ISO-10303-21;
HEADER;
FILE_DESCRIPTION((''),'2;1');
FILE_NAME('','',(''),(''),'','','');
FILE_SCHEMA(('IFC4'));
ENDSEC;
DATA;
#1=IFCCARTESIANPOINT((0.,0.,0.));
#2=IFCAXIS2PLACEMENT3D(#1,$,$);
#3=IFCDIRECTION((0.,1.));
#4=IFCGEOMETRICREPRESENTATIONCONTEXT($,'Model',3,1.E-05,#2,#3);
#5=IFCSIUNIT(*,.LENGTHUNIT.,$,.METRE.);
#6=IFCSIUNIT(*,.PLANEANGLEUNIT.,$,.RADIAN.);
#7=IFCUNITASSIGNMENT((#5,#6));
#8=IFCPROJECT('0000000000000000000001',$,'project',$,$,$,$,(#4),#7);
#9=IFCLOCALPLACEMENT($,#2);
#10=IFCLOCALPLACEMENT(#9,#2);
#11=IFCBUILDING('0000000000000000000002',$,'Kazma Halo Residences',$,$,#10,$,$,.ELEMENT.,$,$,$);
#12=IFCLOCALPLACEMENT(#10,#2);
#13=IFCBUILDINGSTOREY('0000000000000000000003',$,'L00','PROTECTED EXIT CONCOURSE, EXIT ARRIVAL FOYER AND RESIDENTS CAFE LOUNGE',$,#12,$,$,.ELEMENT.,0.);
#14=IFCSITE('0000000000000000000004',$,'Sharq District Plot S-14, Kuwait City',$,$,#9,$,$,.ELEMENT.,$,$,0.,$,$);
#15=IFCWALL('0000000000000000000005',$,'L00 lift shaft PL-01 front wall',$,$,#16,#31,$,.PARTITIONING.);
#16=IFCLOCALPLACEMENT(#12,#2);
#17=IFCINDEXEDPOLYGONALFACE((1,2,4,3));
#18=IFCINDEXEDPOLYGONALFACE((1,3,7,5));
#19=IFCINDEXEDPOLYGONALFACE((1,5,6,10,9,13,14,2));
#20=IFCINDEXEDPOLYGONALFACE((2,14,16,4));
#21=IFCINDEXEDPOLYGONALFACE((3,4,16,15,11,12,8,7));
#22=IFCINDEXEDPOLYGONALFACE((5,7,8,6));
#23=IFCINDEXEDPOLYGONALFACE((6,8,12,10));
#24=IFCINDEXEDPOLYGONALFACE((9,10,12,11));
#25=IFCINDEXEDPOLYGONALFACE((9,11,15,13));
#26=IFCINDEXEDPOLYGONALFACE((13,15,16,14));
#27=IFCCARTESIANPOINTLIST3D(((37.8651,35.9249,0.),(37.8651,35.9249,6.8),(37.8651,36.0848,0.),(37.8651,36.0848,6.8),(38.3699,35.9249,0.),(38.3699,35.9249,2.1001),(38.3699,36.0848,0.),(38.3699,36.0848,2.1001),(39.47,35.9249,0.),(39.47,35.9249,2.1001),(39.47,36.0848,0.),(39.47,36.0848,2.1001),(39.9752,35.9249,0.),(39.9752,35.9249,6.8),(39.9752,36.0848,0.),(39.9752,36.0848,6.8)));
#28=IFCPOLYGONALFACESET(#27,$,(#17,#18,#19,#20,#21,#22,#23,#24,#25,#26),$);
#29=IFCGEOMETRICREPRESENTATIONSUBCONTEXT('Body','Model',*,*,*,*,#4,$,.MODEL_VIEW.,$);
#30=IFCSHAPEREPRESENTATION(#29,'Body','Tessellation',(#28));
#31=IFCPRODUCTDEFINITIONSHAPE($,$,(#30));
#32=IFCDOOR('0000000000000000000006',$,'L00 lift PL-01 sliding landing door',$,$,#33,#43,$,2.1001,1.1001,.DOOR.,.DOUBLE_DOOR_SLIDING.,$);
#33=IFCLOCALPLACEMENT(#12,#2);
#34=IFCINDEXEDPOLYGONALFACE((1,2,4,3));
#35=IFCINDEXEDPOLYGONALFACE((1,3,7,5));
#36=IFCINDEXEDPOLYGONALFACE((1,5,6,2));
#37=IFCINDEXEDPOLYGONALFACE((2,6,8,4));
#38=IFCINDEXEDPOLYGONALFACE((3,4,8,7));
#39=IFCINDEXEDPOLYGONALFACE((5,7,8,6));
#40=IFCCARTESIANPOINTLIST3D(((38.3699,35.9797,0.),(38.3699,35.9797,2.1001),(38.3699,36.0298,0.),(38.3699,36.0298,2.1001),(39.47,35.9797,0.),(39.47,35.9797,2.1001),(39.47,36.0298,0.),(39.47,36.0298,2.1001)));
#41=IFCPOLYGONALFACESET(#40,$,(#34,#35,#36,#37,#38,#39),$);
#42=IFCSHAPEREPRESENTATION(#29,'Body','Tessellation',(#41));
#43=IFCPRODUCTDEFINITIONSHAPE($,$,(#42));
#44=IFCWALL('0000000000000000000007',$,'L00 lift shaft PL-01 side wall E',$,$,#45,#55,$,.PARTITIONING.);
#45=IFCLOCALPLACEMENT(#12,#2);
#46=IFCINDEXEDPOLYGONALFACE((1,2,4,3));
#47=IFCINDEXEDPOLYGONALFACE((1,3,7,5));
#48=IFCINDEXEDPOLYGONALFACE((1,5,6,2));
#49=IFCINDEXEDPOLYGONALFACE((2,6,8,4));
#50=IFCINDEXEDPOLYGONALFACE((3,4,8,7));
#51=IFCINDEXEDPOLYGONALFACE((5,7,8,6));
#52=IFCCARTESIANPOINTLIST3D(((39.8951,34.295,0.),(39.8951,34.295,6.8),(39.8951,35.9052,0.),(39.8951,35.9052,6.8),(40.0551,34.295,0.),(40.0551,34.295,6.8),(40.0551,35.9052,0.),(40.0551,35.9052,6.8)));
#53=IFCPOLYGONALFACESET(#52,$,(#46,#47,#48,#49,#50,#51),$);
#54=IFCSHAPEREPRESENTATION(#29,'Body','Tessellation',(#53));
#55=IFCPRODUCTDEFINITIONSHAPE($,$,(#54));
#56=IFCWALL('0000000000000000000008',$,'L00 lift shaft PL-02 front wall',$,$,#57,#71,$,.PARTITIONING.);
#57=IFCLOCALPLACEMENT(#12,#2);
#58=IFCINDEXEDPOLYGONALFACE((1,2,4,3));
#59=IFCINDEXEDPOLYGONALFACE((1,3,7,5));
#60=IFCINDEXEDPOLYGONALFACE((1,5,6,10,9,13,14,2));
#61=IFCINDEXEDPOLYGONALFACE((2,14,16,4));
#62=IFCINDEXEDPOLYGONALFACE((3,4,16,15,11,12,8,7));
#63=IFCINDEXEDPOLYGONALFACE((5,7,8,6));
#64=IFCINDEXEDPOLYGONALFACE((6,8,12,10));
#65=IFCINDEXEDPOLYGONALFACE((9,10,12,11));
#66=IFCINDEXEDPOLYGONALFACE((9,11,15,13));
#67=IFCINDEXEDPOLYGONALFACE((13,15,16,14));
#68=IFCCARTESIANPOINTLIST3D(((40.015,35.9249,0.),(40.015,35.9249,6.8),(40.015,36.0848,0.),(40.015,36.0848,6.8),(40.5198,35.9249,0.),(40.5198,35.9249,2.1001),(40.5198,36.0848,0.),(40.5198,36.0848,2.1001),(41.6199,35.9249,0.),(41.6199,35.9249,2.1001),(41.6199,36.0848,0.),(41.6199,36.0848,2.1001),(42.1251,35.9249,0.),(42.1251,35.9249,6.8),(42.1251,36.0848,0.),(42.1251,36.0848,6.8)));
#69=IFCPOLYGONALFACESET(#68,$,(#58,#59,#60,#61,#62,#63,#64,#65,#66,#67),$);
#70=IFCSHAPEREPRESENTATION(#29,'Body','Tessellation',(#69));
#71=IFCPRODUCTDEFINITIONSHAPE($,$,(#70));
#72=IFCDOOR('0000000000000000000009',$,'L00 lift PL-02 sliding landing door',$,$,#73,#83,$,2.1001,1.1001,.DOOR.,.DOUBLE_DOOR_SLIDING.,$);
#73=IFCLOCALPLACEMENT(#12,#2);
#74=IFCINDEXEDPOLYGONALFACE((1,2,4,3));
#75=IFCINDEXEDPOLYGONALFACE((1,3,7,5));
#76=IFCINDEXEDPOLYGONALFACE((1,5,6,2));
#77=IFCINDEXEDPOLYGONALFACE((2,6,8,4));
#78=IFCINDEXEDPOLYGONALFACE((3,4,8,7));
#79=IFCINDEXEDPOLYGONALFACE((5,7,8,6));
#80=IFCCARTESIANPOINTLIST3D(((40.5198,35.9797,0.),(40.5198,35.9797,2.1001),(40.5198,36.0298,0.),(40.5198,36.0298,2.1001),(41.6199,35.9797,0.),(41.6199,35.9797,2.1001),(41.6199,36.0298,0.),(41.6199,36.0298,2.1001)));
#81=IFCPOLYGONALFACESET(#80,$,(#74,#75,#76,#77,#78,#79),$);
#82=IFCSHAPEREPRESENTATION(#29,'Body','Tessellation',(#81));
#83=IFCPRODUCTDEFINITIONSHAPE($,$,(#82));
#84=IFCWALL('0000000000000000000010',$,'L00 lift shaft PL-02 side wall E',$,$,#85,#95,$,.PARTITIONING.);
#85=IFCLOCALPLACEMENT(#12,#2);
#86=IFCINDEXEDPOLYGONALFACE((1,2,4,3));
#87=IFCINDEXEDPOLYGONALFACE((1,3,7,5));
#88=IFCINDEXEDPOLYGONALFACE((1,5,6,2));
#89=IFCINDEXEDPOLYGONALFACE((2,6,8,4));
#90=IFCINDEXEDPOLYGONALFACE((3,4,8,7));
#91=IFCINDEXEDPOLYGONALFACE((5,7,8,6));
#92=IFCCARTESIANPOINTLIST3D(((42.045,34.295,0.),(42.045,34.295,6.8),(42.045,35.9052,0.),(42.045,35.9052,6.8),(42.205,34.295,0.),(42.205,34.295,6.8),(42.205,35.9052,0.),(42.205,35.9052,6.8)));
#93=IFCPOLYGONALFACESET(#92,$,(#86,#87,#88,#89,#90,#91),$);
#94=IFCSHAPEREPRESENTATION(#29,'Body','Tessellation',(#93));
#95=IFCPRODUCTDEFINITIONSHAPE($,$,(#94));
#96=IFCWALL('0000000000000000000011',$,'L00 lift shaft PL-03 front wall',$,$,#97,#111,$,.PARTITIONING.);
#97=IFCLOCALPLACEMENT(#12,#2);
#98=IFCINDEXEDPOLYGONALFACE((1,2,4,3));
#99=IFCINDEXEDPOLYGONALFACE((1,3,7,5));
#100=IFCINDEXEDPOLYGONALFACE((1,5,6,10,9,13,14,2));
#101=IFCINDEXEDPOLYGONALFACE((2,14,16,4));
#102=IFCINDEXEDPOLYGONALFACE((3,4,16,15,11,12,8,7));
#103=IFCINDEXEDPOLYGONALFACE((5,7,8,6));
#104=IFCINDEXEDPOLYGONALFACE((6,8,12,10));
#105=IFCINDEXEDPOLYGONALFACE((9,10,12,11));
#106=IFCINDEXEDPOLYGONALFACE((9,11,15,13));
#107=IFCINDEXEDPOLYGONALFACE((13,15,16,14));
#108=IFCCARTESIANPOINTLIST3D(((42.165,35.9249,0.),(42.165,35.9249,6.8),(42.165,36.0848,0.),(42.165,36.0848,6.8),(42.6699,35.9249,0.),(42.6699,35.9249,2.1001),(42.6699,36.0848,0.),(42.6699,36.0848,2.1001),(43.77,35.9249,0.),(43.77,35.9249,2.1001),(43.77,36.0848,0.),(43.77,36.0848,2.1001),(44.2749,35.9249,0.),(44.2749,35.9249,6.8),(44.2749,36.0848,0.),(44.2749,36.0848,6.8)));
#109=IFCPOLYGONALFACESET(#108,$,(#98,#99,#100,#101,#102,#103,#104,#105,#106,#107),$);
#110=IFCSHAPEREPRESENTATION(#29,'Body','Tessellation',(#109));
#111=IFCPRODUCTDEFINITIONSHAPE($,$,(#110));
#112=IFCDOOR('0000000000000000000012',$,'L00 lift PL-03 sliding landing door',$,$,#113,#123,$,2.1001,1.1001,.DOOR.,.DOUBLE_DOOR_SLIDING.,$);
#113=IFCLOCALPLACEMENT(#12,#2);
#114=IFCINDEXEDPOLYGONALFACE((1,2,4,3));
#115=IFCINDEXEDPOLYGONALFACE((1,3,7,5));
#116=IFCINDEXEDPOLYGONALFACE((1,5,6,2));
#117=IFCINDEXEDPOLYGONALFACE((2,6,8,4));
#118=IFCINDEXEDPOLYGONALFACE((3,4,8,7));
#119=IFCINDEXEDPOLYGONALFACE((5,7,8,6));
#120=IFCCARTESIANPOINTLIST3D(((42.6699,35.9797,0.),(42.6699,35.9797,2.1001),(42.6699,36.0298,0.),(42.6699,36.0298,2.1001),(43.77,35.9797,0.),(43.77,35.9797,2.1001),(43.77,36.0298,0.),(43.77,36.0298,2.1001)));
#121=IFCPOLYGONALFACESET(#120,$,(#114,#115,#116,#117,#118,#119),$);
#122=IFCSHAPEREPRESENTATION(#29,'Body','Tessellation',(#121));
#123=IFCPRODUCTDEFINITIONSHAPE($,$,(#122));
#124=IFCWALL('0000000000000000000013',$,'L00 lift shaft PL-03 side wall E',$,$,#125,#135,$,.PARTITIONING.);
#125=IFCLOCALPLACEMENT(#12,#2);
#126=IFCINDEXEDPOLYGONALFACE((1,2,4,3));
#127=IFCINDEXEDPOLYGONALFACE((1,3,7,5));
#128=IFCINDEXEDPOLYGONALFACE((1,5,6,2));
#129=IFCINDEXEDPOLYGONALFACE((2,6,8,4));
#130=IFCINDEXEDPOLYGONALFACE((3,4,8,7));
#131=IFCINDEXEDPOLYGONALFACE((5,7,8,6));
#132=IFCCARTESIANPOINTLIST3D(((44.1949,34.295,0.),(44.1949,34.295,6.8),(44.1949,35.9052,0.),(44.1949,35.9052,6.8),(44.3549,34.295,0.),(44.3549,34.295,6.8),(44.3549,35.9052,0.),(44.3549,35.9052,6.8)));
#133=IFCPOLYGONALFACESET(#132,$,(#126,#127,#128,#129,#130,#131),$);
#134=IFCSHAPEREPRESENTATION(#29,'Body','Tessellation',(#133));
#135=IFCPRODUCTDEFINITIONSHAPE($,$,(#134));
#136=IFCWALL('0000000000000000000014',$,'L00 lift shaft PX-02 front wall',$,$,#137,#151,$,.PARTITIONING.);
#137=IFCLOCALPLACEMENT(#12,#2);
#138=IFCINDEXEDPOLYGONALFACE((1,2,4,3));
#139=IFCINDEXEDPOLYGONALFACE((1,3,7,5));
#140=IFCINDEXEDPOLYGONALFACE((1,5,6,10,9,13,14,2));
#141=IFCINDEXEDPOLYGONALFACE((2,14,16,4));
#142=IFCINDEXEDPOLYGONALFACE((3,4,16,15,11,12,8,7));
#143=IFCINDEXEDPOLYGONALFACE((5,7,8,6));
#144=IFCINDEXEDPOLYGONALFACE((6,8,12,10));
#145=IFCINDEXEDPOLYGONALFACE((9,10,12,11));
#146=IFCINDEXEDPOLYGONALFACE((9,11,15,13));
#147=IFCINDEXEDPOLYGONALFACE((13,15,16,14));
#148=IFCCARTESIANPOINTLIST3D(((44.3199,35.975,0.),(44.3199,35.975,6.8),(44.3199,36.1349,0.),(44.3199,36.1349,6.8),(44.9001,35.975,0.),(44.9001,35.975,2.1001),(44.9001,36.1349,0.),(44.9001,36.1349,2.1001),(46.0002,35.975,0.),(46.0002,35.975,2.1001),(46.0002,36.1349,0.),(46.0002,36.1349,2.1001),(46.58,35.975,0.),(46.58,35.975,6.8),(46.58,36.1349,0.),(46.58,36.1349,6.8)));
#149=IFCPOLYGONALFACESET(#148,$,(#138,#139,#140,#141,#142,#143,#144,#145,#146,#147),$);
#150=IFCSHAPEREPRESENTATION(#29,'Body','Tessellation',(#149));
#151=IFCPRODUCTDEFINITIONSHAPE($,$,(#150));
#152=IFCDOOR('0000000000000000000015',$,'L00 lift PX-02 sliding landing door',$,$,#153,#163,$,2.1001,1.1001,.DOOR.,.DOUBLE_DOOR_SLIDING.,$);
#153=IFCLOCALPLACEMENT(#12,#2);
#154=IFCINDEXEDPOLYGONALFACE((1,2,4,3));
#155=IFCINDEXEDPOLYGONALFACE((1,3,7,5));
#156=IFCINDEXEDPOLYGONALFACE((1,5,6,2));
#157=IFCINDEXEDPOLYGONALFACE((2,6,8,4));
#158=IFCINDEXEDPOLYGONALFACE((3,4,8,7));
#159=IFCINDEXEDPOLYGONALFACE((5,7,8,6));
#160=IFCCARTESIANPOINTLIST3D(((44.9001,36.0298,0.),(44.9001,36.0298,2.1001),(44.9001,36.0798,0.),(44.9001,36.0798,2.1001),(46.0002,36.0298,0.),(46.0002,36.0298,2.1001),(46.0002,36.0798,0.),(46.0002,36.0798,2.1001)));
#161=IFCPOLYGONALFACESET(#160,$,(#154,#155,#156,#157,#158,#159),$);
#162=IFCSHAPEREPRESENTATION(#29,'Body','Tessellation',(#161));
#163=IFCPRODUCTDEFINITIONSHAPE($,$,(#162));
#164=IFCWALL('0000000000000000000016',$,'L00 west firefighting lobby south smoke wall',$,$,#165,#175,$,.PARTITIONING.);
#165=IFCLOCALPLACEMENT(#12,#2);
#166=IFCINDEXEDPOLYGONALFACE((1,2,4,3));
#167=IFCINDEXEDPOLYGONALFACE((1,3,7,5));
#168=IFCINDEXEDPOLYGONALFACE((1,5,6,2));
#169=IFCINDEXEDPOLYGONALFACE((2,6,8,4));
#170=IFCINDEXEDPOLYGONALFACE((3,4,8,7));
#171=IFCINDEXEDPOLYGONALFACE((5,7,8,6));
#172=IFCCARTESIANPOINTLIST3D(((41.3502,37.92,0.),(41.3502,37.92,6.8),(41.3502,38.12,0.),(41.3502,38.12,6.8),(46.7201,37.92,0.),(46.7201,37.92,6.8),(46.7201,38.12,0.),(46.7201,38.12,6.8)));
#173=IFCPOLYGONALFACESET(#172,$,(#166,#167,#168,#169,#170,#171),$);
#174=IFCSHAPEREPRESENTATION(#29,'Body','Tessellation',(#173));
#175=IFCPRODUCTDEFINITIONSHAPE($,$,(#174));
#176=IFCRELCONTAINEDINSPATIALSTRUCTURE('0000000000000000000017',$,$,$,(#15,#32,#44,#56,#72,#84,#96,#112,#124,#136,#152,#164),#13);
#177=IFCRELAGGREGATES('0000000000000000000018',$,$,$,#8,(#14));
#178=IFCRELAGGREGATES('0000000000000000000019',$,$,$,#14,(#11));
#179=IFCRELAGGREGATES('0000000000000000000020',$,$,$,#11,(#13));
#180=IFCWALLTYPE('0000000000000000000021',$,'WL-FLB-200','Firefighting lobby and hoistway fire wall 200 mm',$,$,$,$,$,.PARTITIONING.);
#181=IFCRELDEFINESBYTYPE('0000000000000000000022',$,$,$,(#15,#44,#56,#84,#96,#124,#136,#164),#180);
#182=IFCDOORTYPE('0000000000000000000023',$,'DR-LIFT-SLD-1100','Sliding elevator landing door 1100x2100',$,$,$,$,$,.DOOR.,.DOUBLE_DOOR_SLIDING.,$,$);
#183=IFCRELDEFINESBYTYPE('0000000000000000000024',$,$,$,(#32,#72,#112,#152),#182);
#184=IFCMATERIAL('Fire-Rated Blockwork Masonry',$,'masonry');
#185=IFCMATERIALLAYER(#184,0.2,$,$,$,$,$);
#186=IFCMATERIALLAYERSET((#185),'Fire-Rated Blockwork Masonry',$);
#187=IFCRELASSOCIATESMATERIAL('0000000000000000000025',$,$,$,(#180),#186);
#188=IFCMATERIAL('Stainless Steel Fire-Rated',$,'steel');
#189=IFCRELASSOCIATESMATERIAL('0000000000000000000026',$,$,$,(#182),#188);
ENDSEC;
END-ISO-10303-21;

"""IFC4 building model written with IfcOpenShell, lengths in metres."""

from ifc_helpers import new_model, si_unit, direction, frame, frame_2d, origin, place, context, subcontext, project, spatial, rectangle, extrude, material, layer, layer_set, type_object, element, fill, save


model = new_model("IFC4")

# Units and contexts
model_context = context("Model", 3, precision=1e-05, world=origin(), true_north=direction((0.0, 1.0)))
body_context = subcontext(model_context, "Body", "Model", "MODEL_VIEW")
ifc_project = project(units=[si_unit("LENGTHUNIT", "METRE"), si_unit("PLANEANGLEUNIT", "RADIAN")], contexts=[model_context])

# Site, building, storey
site_placement = place(None, origin())
site = spatial("IfcSite", under=ifc_project, at=site_placement, Name="Sharq District Plot S-14, Kuwait City", CompositionType="ELEMENT", RefElevation=0.0)
building_placement = place(site_placement, origin())
building = spatial("IfcBuilding", under=site, at=building_placement, Name="Kazma Halo Residences", CompositionType="ELEMENT")
storey_placement = place(building_placement, origin())
storey = spatial("IfcBuildingStorey", under=building, at=storey_placement, Name="L00", Description="PROTECTED EXIT CONCOURSE, EXIT ARRIVAL FOYER AND RESIDENTS CAFE LOUNGE", CompositionType="ELEMENT", Elevation=0.0)

# Wall, opening, door
ifc_material_1 = material(Name="Fire-Rated Blockwork Masonry", Category="masonry")
ifc_layer_1 = layer(ifc_material_1, 0.2)
ifc_layer_set_1 = layer_set([ifc_layer_1], Name="Fire-Rated Blockwork Masonry")
wall_type_1 = type_object("IfcWallType", Name="WL-FLB-200", Description="Firefighting lobby and hoistway fire wall 200 mm", PredefinedType="PARTITIONING", material=ifc_layer_set_1)
wall_1_placement = place(storey_placement, frame((37.865, 36.0049, 0.0), z_axis=(0.0, 0.0, 1.0), x_axis=(1.0, 0.0, 0.0)))
wall_1 = element("IfcWall", 1, at=wall_1_placement, inside=storey, type_object=wall_type_1, Name="L00 lift shaft PL-01 front wall", PredefinedType="PARTITIONING", context=body_context, shape_type="SweptSolid", body=[
    extrude(rectangle(XDim=2.1101, YDim=0.1599, at=frame_2d((1.0552, 0.0))), origin(), (0.0, 0.0, 1.0), 6.8),
])
opening_1_placement = place(wall_1_placement, frame((0.5049, 0.0, 0.0)))
opening_1 = element("IfcOpeningElement", 2, at=opening_1_placement, cuts=wall_1, PredefinedType="OPENING", context=body_context, shape_type="SweptSolid", body=[
    extrude(rectangle(XDim=1.1001, YDim=2.1001, at=frame_2d((0.55, 1.05))), frame((0.0, 0.0898, 0.0), z_axis=(0.0, -1.0, 0.0), x_axis=(1.0, 0.0, 0.0)), (0.0, 0.0, 1.0), 0.1799),
])
ifc_material_2 = material(Name="Stainless Steel Fire-Rated", Category="steel")
door_type_1 = type_object("IfcDoorType", Name="DR-LIFT-SLD-1100", Description="Sliding elevator landing door 1100x2100", OperationType="DOUBLE_DOOR_SLIDING", PredefinedType="DOOR", material=ifc_material_2)
door_1_placement = place(opening_1_placement, origin())
door_1 = element("IfcDoor", 3, at=door_1_placement, inside=storey, type_object=door_type_1, Name="L00 lift PL-01 sliding landing door", OperationType="DOUBLE_DOOR_SLIDING", OverallHeight=2.1001, OverallWidth=1.1001, PredefinedType="DOOR", context=body_context, shape_type="SweptSolid", body=[
    extrude(rectangle(XDim=1.1001, YDim=2.1001, at=frame_2d((0.55, 1.05))), frame((0.0, 0.0249, 0.0), z_axis=(0.0, -1.0, 0.0), x_axis=(1.0, 0.0, 0.0)), (0.0, 0.0, 1.0), 0.05),
])
fill(opening_1, door_1)

# Wall
wall_2_placement = place(storey_placement, frame((39.9751, 34.2949, 0.0), z_axis=(0.0, 0.0, 1.0), x_axis=(0.0, 1.0, 0.0)))
element("IfcWall", 4, at=wall_2_placement, inside=storey, type_object=wall_type_1, Name="L00 lift shaft PL-01 side wall E", PredefinedType="PARTITIONING", context=body_context, shape_type="SweptSolid", body=[
    extrude(rectangle(XDim=1.6101, YDim=0.1599, at=frame_2d((0.8052, 0.0))), origin(), (0.0, 0.0, 1.0), 6.8),
])

# Wall, opening, door
wall_3_placement = place(storey_placement, frame((40.0149, 36.0049, 0.0), z_axis=(0.0, 0.0, 1.0), x_axis=(1.0, 0.0, 0.0)))
wall_3 = element("IfcWall", 5, at=wall_3_placement, inside=storey, type_object=wall_type_1, Name="L00 lift shaft PL-02 front wall", PredefinedType="PARTITIONING", context=body_context, shape_type="SweptSolid", body=[
    extrude(rectangle(XDim=2.1101, YDim=0.1599, at=frame_2d((1.0552, 0.0))), origin(), (0.0, 0.0, 1.0), 6.8),
])
opening_2_placement = place(wall_3_placement, frame((0.5049, 0.0, 0.0)))
opening_2 = element("IfcOpeningElement", 6, at=opening_2_placement, cuts=wall_3, PredefinedType="OPENING", context=body_context, shape_type="SweptSolid", body=[
    extrude(rectangle(XDim=1.1001, YDim=2.1001, at=frame_2d((0.55, 1.05))), frame((0.0, 0.0898, 0.0), z_axis=(0.0, -1.0, 0.0), x_axis=(1.0, 0.0, 0.0)), (0.0, 0.0, 1.0), 0.1799),
])
door_2_placement = place(opening_2_placement, origin())
door_2 = element("IfcDoor", 7, at=door_2_placement, inside=storey, type_object=door_type_1, Name="L00 lift PL-02 sliding landing door", OperationType="DOUBLE_DOOR_SLIDING", OverallHeight=2.1001, OverallWidth=1.1001, PredefinedType="DOOR", context=body_context, shape_type="SweptSolid", body=[
    extrude(rectangle(XDim=1.1001, YDim=2.1001, at=frame_2d((0.55, 1.05))), frame((0.0, 0.0249, 0.0), z_axis=(0.0, -1.0, 0.0), x_axis=(1.0, 0.0, 0.0)), (0.0, 0.0, 1.0), 0.05),
])
fill(opening_2, door_2)

# Wall
wall_4_placement = place(storey_placement, frame((42.125, 34.2949, 0.0), z_axis=(0.0, 0.0, 1.0), x_axis=(0.0, 1.0, 0.0)))
element("IfcWall", 8, at=wall_4_placement, inside=storey, type_object=wall_type_1, Name="L00 lift shaft PL-02 side wall E", PredefinedType="PARTITIONING", context=body_context, shape_type="SweptSolid", body=[
    extrude(rectangle(XDim=1.6101, YDim=0.1599, at=frame_2d((0.8052, 0.0))), origin(), (0.0, 0.0, 1.0), 6.8),
])

# Wall, opening, door
wall_5_placement = place(storey_placement, frame((42.165, 36.0049, 0.0), z_axis=(0.0, 0.0, 1.0), x_axis=(1.0, 0.0, 0.0)))
wall_5 = element("IfcWall", 9, at=wall_5_placement, inside=storey, type_object=wall_type_1, Name="L00 lift shaft PL-03 front wall", PredefinedType="PARTITIONING", context=body_context, shape_type="SweptSolid", body=[
    extrude(rectangle(XDim=2.1099, YDim=0.1599, at=frame_2d((1.0549, 0.0))), origin(), (0.0, 0.0, 1.0), 6.8),
])
opening_3_placement = place(wall_5_placement, frame((0.5049, 0.0, 0.0)))
opening_3 = element("IfcOpeningElement", 10, at=opening_3_placement, cuts=wall_5, PredefinedType="OPENING", context=body_context, shape_type="SweptSolid", body=[
    extrude(rectangle(XDim=1.1001, YDim=2.1001, at=frame_2d((0.55, 1.05))), frame((0.0, 0.0898, 0.0), z_axis=(0.0, -1.0, 0.0), x_axis=(1.0, 0.0, 0.0)), (0.0, 0.0, 1.0), 0.1799),
])
door_3_placement = place(opening_3_placement, origin())
door_3 = element("IfcDoor", 11, at=door_3_placement, inside=storey, type_object=door_type_1, Name="L00 lift PL-03 sliding landing door", OperationType="DOUBLE_DOOR_SLIDING", OverallHeight=2.1001, OverallWidth=1.1001, PredefinedType="DOOR", context=body_context, shape_type="SweptSolid", body=[
    extrude(rectangle(XDim=1.1001, YDim=2.1001, at=frame_2d((0.55, 1.05))), frame((0.0, 0.0249, 0.0), z_axis=(0.0, -1.0, 0.0), x_axis=(1.0, 0.0, 0.0)), (0.0, 0.0, 1.0), 0.05),
])
fill(opening_3, door_3)

# Wall
wall_6_placement = place(storey_placement, frame((44.2749, 34.2949, 0.0), z_axis=(0.0, 0.0, 1.0), x_axis=(0.0, 1.0, 0.0)))
element("IfcWall", 12, at=wall_6_placement, inside=storey, type_object=wall_type_1, Name="L00 lift shaft PL-03 side wall E", PredefinedType="PARTITIONING", context=body_context, shape_type="SweptSolid", body=[
    extrude(rectangle(XDim=1.6101, YDim=0.1599, at=frame_2d((0.8052, 0.0))), origin(), (0.0, 0.0, 1.0), 6.8),
])

# Wall, opening, door
wall_7_placement = place(storey_placement, frame((44.3201, 36.0549, 0.0), z_axis=(0.0, 0.0, 1.0), x_axis=(1.0, 0.0, 0.0)))
wall_7 = element("IfcWall", 13, at=wall_7_placement, inside=storey, type_object=wall_type_1, Name="L00 lift shaft PX-02 front wall", PredefinedType="PARTITIONING", context=body_context, shape_type="SweptSolid", body=[
    extrude(rectangle(XDim=2.26, YDim=0.1599, at=frame_2d((1.1299, 0.0))), origin(), (0.0, 0.0, 1.0), 6.8),
])
opening_4_placement = place(wall_7_placement, frame((0.5801, 0.0, 0.0)))
opening_4 = element("IfcOpeningElement", 14, at=opening_4_placement, cuts=wall_7, PredefinedType="OPENING", context=body_context, shape_type="SweptSolid", body=[
    extrude(rectangle(XDim=1.1001, YDim=2.1001, at=frame_2d((0.55, 1.05))), frame((0.0, 0.0898, 0.0), z_axis=(0.0, -1.0, 0.0), x_axis=(1.0, 0.0, 0.0)), (0.0, 0.0, 1.0), 0.1799),
])
door_4_placement = place(opening_4_placement, origin())
door_4 = element("IfcDoor", 15, at=door_4_placement, inside=storey, type_object=door_type_1, Name="L00 lift PX-02 sliding landing door", OperationType="DOUBLE_DOOR_SLIDING", OverallHeight=2.1001, OverallWidth=1.1001, PredefinedType="DOOR", context=body_context, shape_type="SweptSolid", body=[
    extrude(rectangle(XDim=1.1001, YDim=2.1001, at=frame_2d((0.55, 1.05))), frame((0.0, 0.0249, 0.0), z_axis=(0.0, -1.0, 0.0), x_axis=(1.0, 0.0, 0.0)), (0.0, 0.0, 1.0), 0.05),
])
fill(opening_4, door_4)

# Wall
wall_8_placement = place(storey_placement, frame((41.3501, 38.02, 0.0), z_axis=(0.0, 0.0, 1.0), x_axis=(1.0, 0.0, 0.0)))
element("IfcWall", 16, at=wall_8_placement, inside=storey, type_object=wall_type_1, Name="L00 west firefighting lobby south smoke wall", PredefinedType="PARTITIONING", context=body_context, shape_type="SweptSolid", body=[
    extrude(rectangle(XDim=5.3699, YDim=0.2, at=frame_2d((2.6851, 0.0))), origin(), (0.0, 0.0, 1.0), 6.8),
])

save(model, "model.ifc")
